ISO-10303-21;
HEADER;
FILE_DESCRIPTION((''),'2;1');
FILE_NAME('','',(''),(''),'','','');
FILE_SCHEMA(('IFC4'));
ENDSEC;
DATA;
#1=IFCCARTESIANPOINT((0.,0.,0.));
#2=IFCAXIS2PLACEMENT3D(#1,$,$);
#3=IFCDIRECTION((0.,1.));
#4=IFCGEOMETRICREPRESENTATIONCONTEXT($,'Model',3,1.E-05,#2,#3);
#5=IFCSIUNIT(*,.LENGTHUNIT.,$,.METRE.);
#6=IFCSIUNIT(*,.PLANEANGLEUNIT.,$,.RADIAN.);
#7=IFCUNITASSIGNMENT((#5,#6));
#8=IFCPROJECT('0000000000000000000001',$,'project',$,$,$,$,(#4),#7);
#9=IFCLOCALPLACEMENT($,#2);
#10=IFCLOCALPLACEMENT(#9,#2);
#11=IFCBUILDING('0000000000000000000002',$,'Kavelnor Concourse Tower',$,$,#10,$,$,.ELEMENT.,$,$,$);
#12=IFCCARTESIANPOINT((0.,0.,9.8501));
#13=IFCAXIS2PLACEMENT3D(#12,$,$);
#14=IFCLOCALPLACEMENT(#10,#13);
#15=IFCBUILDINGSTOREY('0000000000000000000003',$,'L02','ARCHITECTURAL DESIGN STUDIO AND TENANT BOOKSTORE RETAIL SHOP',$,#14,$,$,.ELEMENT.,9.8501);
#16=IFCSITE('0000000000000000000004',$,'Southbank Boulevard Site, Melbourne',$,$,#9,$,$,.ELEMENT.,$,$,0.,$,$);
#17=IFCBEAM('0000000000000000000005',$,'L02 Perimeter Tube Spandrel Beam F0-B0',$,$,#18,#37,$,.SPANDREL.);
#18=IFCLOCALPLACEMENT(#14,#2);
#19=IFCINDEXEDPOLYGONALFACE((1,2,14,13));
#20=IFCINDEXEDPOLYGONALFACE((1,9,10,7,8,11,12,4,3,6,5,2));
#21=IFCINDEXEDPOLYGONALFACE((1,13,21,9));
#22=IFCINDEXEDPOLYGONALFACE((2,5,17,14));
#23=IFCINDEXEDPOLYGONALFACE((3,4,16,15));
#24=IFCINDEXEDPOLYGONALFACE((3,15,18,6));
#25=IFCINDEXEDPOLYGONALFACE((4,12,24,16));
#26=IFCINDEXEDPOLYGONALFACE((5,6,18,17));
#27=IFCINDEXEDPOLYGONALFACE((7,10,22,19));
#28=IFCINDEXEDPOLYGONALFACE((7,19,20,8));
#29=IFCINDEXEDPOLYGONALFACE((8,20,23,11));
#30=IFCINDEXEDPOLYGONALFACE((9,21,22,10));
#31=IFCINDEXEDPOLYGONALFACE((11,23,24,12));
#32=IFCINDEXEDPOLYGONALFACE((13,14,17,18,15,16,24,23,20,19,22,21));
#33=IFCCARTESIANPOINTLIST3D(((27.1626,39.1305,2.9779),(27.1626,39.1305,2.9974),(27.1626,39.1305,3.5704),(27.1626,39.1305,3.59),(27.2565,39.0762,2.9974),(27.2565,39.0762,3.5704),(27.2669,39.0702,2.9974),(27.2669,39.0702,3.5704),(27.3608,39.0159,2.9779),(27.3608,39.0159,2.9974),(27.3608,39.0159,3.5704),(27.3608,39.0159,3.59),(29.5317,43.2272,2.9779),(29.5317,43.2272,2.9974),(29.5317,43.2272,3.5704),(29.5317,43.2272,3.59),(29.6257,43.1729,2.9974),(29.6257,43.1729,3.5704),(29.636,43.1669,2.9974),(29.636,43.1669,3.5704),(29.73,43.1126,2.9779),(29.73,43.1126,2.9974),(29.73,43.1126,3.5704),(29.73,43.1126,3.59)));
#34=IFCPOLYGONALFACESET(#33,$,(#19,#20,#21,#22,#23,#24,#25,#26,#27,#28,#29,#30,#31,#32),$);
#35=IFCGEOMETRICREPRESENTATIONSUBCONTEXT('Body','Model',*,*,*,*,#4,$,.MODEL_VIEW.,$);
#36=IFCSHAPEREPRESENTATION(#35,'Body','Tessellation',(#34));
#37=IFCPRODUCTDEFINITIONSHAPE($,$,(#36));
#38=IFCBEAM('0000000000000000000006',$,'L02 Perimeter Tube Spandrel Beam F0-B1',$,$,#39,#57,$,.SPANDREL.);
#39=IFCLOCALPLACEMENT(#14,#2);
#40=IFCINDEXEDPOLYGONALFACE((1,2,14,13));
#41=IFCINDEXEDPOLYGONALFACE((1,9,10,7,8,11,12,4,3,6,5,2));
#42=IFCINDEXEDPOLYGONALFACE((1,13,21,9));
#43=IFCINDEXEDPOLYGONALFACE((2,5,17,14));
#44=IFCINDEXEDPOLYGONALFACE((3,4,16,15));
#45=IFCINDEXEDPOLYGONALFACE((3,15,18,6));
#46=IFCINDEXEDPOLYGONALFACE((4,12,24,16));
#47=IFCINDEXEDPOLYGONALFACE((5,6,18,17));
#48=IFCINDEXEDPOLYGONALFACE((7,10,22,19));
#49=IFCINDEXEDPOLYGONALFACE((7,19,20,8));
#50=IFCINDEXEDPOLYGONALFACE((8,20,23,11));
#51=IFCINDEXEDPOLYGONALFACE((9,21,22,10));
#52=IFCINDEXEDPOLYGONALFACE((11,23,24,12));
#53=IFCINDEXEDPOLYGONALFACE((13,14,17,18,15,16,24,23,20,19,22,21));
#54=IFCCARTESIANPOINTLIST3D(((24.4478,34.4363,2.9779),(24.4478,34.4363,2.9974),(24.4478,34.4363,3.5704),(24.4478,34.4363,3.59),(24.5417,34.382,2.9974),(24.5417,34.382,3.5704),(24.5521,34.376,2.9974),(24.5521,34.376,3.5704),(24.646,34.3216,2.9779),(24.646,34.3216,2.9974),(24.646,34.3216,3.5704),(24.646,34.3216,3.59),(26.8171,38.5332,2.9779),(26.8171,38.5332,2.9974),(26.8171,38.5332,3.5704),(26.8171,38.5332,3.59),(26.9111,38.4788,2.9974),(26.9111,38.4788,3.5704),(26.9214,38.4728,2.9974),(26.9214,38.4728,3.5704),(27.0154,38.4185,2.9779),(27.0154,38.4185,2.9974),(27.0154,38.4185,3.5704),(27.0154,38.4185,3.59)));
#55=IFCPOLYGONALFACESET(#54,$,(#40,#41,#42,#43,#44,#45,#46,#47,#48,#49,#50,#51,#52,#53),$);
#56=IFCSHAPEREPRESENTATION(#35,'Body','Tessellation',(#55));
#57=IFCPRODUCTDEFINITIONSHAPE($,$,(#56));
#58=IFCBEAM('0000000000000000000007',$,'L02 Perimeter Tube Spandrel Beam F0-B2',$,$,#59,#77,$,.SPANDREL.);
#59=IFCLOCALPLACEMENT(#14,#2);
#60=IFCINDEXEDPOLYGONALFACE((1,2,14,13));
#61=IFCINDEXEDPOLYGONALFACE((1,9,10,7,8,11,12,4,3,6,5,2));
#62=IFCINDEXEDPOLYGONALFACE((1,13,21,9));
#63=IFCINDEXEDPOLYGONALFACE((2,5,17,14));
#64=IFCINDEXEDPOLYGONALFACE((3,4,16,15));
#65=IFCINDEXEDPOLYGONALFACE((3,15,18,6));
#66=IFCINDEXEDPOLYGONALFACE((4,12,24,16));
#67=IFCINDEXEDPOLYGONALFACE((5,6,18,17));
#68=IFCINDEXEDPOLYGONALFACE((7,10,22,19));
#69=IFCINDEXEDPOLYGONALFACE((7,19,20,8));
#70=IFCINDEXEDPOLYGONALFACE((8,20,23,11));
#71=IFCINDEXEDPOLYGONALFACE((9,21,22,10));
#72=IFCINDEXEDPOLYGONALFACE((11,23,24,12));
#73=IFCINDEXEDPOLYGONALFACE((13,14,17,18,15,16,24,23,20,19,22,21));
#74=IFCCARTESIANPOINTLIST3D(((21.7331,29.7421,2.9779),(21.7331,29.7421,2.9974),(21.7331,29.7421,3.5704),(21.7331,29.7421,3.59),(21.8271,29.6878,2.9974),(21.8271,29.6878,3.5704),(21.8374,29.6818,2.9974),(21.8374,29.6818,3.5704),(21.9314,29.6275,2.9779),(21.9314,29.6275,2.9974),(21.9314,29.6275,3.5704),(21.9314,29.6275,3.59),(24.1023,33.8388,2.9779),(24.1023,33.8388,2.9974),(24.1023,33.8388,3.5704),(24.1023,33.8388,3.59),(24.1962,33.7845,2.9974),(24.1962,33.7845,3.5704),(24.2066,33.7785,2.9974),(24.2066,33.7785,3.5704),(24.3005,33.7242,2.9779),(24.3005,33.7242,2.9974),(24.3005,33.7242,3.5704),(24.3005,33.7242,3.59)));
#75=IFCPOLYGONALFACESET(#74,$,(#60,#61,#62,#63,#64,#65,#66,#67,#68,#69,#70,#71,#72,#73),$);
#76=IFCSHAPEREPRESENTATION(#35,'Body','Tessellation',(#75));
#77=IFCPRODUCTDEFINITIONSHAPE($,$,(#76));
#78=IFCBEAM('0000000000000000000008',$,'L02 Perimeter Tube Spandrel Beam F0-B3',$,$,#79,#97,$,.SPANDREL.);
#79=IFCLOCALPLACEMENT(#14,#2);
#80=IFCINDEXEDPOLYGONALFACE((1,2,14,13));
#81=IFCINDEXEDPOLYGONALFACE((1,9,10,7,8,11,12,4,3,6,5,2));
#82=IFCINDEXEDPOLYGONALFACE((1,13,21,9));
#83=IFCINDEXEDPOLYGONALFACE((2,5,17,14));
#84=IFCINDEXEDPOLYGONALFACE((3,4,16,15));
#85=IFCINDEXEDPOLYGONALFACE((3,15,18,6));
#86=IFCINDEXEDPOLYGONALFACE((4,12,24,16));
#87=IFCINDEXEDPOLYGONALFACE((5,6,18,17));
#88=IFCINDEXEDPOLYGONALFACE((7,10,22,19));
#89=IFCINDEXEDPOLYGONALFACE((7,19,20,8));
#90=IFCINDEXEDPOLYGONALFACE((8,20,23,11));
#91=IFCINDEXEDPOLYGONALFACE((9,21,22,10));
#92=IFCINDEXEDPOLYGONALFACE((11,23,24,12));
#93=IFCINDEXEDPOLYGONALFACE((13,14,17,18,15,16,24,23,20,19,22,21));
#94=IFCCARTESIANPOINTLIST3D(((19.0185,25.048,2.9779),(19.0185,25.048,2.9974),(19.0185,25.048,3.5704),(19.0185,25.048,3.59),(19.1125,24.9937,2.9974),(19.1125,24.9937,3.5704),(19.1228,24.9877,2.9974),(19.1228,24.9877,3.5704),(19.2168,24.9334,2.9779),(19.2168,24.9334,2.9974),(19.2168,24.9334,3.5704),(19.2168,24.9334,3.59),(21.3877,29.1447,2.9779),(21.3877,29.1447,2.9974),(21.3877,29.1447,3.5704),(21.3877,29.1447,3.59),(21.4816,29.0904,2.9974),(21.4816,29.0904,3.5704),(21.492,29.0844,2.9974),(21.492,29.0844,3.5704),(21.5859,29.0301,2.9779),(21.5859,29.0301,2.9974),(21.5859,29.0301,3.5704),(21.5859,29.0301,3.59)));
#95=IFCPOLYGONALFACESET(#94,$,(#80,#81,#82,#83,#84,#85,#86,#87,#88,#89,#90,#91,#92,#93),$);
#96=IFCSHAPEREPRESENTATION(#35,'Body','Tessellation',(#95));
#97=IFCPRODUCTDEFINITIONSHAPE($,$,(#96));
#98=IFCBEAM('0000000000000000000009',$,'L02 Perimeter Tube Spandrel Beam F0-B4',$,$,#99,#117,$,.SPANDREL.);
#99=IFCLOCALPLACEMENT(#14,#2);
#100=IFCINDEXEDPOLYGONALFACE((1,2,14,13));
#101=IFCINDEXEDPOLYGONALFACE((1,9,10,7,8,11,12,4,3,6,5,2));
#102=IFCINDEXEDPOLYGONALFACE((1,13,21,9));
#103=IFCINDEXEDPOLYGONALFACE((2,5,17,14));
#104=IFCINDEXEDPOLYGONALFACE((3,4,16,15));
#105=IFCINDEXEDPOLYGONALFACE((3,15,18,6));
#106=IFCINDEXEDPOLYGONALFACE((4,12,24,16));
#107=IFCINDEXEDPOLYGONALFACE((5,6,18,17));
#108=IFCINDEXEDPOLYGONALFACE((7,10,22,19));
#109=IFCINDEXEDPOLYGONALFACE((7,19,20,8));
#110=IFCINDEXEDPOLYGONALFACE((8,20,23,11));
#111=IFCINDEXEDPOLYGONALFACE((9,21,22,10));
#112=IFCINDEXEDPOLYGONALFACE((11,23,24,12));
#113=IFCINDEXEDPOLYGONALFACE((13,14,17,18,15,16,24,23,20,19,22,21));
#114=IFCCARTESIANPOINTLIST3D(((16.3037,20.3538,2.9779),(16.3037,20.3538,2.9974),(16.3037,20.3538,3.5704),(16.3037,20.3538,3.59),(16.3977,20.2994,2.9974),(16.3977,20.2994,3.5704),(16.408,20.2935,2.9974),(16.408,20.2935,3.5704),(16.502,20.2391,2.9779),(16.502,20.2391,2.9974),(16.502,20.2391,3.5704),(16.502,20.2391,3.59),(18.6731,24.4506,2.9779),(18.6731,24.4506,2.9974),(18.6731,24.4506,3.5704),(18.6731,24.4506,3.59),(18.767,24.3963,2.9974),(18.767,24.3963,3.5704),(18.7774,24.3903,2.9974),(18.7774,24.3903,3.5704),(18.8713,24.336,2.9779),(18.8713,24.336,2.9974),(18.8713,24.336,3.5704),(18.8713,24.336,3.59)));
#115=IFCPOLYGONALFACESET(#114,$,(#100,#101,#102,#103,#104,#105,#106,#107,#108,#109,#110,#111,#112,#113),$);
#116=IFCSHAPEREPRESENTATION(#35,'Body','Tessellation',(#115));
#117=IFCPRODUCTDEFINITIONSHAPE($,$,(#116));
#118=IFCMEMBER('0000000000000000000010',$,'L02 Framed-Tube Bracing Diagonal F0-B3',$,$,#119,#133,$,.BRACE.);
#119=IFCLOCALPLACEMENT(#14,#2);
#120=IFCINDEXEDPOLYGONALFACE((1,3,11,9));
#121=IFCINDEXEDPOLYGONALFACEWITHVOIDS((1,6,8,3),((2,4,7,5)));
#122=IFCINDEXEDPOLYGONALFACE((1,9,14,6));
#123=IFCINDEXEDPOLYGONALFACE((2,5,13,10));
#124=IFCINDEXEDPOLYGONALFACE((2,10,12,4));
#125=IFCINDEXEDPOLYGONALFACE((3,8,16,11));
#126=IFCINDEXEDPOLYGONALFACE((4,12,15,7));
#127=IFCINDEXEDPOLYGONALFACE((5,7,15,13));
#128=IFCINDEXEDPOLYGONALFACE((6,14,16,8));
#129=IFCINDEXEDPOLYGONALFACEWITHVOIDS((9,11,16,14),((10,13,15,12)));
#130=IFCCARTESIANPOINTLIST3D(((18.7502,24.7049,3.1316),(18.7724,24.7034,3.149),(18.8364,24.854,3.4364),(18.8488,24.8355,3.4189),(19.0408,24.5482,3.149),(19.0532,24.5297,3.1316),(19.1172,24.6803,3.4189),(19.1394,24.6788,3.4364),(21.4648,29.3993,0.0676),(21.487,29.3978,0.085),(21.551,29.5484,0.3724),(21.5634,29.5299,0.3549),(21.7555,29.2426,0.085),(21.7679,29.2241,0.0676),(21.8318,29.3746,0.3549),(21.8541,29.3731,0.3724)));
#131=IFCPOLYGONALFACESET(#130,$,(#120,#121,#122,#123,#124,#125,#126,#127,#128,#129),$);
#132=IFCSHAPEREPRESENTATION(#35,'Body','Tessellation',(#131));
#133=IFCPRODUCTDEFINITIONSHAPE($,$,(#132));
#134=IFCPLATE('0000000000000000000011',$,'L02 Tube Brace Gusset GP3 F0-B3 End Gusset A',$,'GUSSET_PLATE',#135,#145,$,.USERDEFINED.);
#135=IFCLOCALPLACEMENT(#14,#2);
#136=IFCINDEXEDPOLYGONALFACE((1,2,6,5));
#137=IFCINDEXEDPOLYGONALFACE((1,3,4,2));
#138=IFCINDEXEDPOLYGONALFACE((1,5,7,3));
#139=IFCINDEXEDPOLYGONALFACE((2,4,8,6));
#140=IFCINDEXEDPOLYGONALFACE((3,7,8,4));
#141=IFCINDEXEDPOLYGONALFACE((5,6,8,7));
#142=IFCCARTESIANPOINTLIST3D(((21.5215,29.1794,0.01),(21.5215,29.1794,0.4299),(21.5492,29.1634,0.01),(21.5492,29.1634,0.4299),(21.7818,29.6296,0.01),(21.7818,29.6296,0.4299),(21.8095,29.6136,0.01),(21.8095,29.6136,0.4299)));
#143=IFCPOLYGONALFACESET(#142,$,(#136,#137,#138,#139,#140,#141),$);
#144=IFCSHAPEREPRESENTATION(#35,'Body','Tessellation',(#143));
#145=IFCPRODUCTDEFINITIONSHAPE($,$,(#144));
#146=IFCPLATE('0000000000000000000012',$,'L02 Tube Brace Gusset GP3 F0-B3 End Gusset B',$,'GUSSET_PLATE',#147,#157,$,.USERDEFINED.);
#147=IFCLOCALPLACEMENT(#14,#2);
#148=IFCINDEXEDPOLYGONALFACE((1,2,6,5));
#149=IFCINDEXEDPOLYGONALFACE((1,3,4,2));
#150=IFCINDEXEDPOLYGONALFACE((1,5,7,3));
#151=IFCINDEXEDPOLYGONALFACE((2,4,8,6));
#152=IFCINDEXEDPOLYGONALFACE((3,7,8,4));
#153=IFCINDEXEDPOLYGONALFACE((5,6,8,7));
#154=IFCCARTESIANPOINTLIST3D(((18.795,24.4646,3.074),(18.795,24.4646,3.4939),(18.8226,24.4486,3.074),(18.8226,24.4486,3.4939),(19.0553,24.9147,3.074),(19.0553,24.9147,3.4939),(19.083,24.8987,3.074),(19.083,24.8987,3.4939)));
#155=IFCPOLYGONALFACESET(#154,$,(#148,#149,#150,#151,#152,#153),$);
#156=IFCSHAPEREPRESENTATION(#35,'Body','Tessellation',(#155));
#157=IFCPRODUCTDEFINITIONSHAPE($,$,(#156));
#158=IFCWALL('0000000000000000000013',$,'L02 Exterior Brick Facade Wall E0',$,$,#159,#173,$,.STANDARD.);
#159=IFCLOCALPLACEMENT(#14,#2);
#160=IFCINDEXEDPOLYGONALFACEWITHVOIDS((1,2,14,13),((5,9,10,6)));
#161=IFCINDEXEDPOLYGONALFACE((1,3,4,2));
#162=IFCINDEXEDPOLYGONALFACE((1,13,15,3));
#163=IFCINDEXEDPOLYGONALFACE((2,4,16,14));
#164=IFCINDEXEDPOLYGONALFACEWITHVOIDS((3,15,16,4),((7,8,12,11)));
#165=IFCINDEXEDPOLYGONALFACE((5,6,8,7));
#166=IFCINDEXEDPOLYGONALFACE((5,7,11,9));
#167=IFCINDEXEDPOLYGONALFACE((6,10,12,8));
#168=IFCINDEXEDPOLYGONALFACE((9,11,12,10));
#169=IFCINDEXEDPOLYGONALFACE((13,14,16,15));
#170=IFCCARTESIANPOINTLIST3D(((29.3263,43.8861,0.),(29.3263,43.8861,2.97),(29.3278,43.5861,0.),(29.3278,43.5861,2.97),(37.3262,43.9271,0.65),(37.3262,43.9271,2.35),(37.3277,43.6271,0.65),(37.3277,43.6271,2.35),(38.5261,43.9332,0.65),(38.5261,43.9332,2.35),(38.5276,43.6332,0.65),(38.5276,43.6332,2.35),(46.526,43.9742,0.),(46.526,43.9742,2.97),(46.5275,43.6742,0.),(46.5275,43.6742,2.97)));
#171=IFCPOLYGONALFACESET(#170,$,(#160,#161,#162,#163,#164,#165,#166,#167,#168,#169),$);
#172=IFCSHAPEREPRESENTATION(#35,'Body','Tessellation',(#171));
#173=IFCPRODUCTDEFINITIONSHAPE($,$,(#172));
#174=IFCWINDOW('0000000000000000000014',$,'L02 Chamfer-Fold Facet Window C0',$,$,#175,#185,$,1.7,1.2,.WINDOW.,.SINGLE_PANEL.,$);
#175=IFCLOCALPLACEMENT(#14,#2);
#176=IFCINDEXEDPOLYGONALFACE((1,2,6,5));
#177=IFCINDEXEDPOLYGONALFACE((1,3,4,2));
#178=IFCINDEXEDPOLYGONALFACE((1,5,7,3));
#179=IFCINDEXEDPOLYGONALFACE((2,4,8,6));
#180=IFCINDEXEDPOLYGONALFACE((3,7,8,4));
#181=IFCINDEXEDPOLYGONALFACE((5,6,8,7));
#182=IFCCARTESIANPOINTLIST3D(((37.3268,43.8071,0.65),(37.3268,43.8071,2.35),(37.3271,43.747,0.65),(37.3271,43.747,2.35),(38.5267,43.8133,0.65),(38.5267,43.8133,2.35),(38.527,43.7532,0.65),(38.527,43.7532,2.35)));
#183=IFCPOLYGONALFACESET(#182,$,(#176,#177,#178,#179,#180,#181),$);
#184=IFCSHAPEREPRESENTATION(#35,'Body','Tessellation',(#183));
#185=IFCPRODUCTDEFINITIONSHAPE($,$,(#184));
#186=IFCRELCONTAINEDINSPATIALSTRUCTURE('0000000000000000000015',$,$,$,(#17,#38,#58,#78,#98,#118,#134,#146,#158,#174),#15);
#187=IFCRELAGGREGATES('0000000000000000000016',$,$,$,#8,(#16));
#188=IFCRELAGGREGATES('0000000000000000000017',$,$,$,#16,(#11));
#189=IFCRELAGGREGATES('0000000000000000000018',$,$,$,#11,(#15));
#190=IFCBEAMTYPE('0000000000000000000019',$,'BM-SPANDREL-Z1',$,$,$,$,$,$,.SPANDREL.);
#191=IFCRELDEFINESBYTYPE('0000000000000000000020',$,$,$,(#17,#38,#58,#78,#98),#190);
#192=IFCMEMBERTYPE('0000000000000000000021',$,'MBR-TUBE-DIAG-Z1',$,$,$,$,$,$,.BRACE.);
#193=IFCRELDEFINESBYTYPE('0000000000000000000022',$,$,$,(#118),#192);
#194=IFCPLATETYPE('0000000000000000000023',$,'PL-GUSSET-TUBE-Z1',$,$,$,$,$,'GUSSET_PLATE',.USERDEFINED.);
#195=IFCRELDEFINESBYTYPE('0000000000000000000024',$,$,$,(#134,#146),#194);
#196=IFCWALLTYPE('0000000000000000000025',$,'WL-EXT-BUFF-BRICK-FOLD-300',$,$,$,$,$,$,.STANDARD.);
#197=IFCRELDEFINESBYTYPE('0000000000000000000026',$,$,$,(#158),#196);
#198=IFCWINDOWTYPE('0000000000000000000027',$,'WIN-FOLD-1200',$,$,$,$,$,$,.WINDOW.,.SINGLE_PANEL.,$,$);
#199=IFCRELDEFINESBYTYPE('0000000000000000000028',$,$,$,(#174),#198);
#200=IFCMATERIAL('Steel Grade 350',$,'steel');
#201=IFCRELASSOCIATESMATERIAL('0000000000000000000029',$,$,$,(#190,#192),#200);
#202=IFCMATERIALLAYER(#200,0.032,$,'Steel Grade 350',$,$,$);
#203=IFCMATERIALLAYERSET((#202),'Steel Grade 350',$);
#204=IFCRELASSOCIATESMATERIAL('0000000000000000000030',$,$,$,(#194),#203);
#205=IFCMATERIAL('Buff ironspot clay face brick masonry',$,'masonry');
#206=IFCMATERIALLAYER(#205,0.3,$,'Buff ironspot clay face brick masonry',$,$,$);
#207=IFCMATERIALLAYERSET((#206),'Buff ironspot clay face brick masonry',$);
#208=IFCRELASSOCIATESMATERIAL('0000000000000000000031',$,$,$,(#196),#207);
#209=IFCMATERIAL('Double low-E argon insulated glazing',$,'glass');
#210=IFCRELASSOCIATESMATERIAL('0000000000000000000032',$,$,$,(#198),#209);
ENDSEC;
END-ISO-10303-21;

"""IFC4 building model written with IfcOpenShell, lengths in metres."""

from ifc_helpers import new_model, si_unit, direction, frame, frame_2d, origin, origin_2d, place, context, subcontext, project, spatial, rectangle, hollow_rectangle, i_section, extrude, material, layer, layer_set, material_profile, profile_set, type_object, element, fill, save


model = new_model("IFC4")

# Units and contexts
model_context = context("Model", 3, precision=1e-05, world=origin(), true_north=direction((0.0, 1.0)))
body_context = subcontext(model_context, "Body", "Model", "MODEL_VIEW")
ifc_project = project(units=[si_unit("LENGTHUNIT", "METRE"), si_unit("PLANEANGLEUNIT", "RADIAN")], contexts=[model_context])

# Site, building, storey
site_placement = place(None, origin())
site = spatial("IfcSite", under=ifc_project, at=site_placement, Name="Southbank Boulevard Site, Melbourne", CompositionType="ELEMENT", RefElevation=0.0)
building_placement = place(site_placement, origin())
building = spatial("IfcBuilding", under=site, at=building_placement, Name="Kavelnor Concourse Tower", CompositionType="ELEMENT")
storey_placement = place(building_placement, frame((0.0, 0.0, 9.8501)))
storey = spatial("IfcBuildingStorey", under=building, at=storey_placement, Name="L02", Description="ARCHITECTURAL DESIGN STUDIO AND TENANT BOOKSTORE RETAIL SHOP", CompositionType="ELEMENT", Elevation=9.8501)

# Shared definitions
ifc_material_1 = material(Name="Steel Grade 350", Category="steel")

# Beams
ifc_material_profile_1 = material_profile(ifc_material_1, i_section(OverallWidth=0.229, OverallDepth=0.6121, WebThickness=0.012, FlangeThickness=0.0195, at=origin_2d()), Name="610UB125")
ifc_profile_set_1 = profile_set([ifc_material_profile_1], Name="Steel Grade 350")
beam_type_1 = type_object("IfcBeamType", Name="BM-SPANDREL-Z1", PredefinedType="SPANDREL", material=ifc_profile_set_1)
beam_1_placement = place(storey_placement, frame((29.6309, 43.1699, 3.2839), z_axis=(-0.500621, -0.865666, 0.0), x_axis=(0.865666, -0.500621, 0.0)))
element("IfcBeam", 1, at=beam_1_placement, inside=storey, type_object=beam_type_1, Name="L02 Perimeter Tube Spandrel Beam F0-B0", PredefinedType="SPANDREL", context=body_context, shape_type="SweptSolid", body=[
    extrude(i_section(OverallWidth=0.229, OverallDepth=0.6121, WebThickness=0.012, FlangeThickness=0.0195, at=origin_2d()), origin(), (0.0, 0.0, 1.0), 4.7324),
])
beam_2_placement = place(storey_placement, frame((26.9163, 38.4758, 3.2839), z_axis=(-0.500638, -0.865657, 0.0), x_axis=(0.865657, -0.500638, 0.0)))
element("IfcBeam", 2, at=beam_2_placement, inside=storey, type_object=beam_type_1, Name="L02 Perimeter Tube Spandrel Beam F0-B1", PredefinedType="SPANDREL", context=body_context, shape_type="SweptSolid", body=[
    extrude(i_section(OverallWidth=0.229, OverallDepth=0.6121, WebThickness=0.012, FlangeThickness=0.0195, at=origin_2d()), origin(), (0.0, 0.0, 1.0), 4.7327),
])
for number, where, z_axis, x_axis, name in (
    (3, (24.2014, 33.7815, 3.2839), (-0.500621, -0.865666, 0.0), (0.865666, -0.500621, 0.0), "L02 Perimeter Tube Spandrel Beam F0-B2"),
    (4, (21.4868, 29.0874, 3.2839), (-0.500621, -0.865666, 0.0), (0.865666, -0.500621, 0.0), "L02 Perimeter Tube Spandrel Beam F0-B3"),
):
    element("IfcBeam", number, at=place(storey_placement, frame(where, z_axis=z_axis, x_axis=x_axis)), inside=storey, type_object=beam_type_1, Name=name, PredefinedType="SPANDREL", context=body_context, shape_type="SweptSolid", body=[
        extrude(i_section(OverallWidth=0.229, OverallDepth=0.6121, WebThickness=0.012, FlangeThickness=0.0195, at=origin_2d()), origin(), (0.0, 0.0, 1.0), 4.7324),
    ])
beam_3_placement = place(storey_placement, frame((18.7722, 24.3933, 3.2839), z_axis=(-0.500638, -0.865657, 0.0), x_axis=(0.865657, -0.500638, 0.0)))
element("IfcBeam", 5, at=beam_3_placement, inside=storey, type_object=beam_type_1, Name="L02 Perimeter Tube Spandrel Beam F0-B4", PredefinedType="SPANDREL", context=body_context, shape_type="SweptSolid", body=[
    extrude(i_section(OverallWidth=0.229, OverallDepth=0.6121, WebThickness=0.012, FlangeThickness=0.0195, at=origin_2d()), origin(), (0.0, 0.0, 1.0), 4.7327),
])

# Member
ifc_material_profile_2 = material_profile(ifc_material_1, hollow_rectangle(XDim=0.3501, YDim=0.3501, WallThickness=0.02, at=origin_2d()), Name="SHS 350x350x20")
ifc_profile_set_2 = profile_set([ifc_material_profile_2], Name="Steel Grade 350")
member_type = type_object("IfcMemberType", Name="MBR-TUBE-DIAG-Z1", PredefinedType="BRACE", material=ifc_profile_set_2)
member_placement = place(storey_placement, frame((21.6594, 29.3862, 0.22), z_axis=(-0.435838, -0.753691, 0.49193), x_axis=(0.86568, -0.500598, 0.0)))
element("IfcMember", 6, at=member_placement, inside=storey, type_object=member_type, Name="L02 Framed-Tube Bracing Diagonal F0-B3", PredefinedType="BRACE", context=body_context, shape_type="SweptSolid", body=[
    extrude(hollow_rectangle(XDim=0.3501, YDim=0.3501, WallThickness=0.02, at=origin_2d()), origin(), (0.0, 0.0, 1.0), 6.2285),
])

# Plates
ifc_layer_1 = layer(ifc_material_1, 0.032, Name="Steel Grade 350")
ifc_layer_set_1 = layer_set([ifc_layer_1], Name="Steel Grade 350")
plate_type = type_object("IfcPlateType", Name="PL-GUSSET-TUBE-Z1", ElementType="GUSSET_PLATE", PredefinedType="USERDEFINED", material=ifc_layer_set_1)
for number, where, z_axis, x_axis, name in (
    (7, (21.6655, 29.3965, 0.01), (0.0, 0.0, 1.0), (-0.500604, -0.865676, 0.0), "L02 Tube Brace Gusset GP3 F0-B3 End Gusset A"),
    (8, (18.939, 24.6816, 3.074), (0.0, 0.0, 1.0), (-0.500604, -0.865676, 0.0), "L02 Tube Brace Gusset GP3 F0-B3 End Gusset B"),
):
    element("IfcPlate", number, at=place(storey_placement, frame(where, z_axis=z_axis, x_axis=x_axis)), inside=storey, type_object=plate_type, Name=name, ObjectType="GUSSET_PLATE", PredefinedType="USERDEFINED", context=body_context, shape_type="SweptSolid", body=[
        extrude(rectangle(XDim=0.52, YDim=0.032, at=origin_2d()), origin(), (0.0, 0.0, 1.0), 0.4199),
    ])

# Wall, opening, window
ifc_material_2 = material(Name="Buff ironspot clay face brick masonry", Category="masonry")
ifc_layer_2 = layer(ifc_material_2, 0.3, Name="Buff ironspot clay face brick masonry")
ifc_layer_set_2 = layer_set([ifc_layer_2], Name="Buff ironspot clay face brick masonry")
wall_type_1 = type_object("IfcWallType", Name="WL-EXT-BUFF-BRICK-FOLD-300", PredefinedType="STANDARD", material=ifc_layer_set_2)
wall_1_placement = place(storey_placement, frame((29.3269, 43.7361, 0.0), z_axis=(0.0, 0.0, 1.0), x_axis=(0.999987, 0.005124, 0.0)))
wall_1 = element("IfcWall", 9, at=wall_1_placement, inside=storey, type_object=wall_type_1, Name="L02 Exterior Brick Facade Wall E0", PredefinedType="STANDARD", context=body_context, shape_type="SweptSolid", body=[
    extrude(rectangle(XDim=17.2, YDim=0.3, at=frame_2d((8.6001, 0.0))), origin(), (0.0, 0.0, 1.0), 2.97),
])
opening_1_placement = place(wall_1_placement, frame((8.0, 0.0, 0.6499)))
opening_1 = element("IfcOpeningElement", 10, at=opening_1_placement, cuts=wall_1, PredefinedType="OPENING", context=body_context, shape_type="SweptSolid", body=[
    extrude(rectangle(XDim=1.2, YDim=1.7, at=frame_2d((0.6001, 0.8501))), frame((0.0, 0.1602, 0.0), z_axis=(0.0, -1.0, 0.0), x_axis=(1.0, 0.0, 0.0)), (0.0, 0.0, 1.0), 0.3201),
])
ifc_material_3 = material(Name="Double low-E argon insulated glazing", Category="glass")
window_type = type_object("IfcWindowType", Name="WIN-FOLD-1200", PartitioningType="SINGLE_PANEL", PredefinedType="WINDOW", material=ifc_material_3)
window_placement = place(opening_1_placement, origin())
window = element("IfcWindow", 11, at=window_placement, inside=storey, type_object=window_type, Name="L02 Chamfer-Fold Facet Window C0", OverallHeight=1.7, OverallWidth=1.2, PartitioningType="SINGLE_PANEL", PredefinedType="WINDOW", context=body_context, shape_type="SweptSolid", body=[
    extrude(rectangle(XDim=1.2, YDim=1.7, at=frame_2d((0.6001, 0.8501))), frame((0.0, 0.03, 0.0), z_axis=(0.0, -1.0, 0.0), x_axis=(1.0, 0.0, 0.0)), (0.0, 0.0, 1.0), 0.0601),
])
fill(opening_1, window)

save(model, "model.ifc")
